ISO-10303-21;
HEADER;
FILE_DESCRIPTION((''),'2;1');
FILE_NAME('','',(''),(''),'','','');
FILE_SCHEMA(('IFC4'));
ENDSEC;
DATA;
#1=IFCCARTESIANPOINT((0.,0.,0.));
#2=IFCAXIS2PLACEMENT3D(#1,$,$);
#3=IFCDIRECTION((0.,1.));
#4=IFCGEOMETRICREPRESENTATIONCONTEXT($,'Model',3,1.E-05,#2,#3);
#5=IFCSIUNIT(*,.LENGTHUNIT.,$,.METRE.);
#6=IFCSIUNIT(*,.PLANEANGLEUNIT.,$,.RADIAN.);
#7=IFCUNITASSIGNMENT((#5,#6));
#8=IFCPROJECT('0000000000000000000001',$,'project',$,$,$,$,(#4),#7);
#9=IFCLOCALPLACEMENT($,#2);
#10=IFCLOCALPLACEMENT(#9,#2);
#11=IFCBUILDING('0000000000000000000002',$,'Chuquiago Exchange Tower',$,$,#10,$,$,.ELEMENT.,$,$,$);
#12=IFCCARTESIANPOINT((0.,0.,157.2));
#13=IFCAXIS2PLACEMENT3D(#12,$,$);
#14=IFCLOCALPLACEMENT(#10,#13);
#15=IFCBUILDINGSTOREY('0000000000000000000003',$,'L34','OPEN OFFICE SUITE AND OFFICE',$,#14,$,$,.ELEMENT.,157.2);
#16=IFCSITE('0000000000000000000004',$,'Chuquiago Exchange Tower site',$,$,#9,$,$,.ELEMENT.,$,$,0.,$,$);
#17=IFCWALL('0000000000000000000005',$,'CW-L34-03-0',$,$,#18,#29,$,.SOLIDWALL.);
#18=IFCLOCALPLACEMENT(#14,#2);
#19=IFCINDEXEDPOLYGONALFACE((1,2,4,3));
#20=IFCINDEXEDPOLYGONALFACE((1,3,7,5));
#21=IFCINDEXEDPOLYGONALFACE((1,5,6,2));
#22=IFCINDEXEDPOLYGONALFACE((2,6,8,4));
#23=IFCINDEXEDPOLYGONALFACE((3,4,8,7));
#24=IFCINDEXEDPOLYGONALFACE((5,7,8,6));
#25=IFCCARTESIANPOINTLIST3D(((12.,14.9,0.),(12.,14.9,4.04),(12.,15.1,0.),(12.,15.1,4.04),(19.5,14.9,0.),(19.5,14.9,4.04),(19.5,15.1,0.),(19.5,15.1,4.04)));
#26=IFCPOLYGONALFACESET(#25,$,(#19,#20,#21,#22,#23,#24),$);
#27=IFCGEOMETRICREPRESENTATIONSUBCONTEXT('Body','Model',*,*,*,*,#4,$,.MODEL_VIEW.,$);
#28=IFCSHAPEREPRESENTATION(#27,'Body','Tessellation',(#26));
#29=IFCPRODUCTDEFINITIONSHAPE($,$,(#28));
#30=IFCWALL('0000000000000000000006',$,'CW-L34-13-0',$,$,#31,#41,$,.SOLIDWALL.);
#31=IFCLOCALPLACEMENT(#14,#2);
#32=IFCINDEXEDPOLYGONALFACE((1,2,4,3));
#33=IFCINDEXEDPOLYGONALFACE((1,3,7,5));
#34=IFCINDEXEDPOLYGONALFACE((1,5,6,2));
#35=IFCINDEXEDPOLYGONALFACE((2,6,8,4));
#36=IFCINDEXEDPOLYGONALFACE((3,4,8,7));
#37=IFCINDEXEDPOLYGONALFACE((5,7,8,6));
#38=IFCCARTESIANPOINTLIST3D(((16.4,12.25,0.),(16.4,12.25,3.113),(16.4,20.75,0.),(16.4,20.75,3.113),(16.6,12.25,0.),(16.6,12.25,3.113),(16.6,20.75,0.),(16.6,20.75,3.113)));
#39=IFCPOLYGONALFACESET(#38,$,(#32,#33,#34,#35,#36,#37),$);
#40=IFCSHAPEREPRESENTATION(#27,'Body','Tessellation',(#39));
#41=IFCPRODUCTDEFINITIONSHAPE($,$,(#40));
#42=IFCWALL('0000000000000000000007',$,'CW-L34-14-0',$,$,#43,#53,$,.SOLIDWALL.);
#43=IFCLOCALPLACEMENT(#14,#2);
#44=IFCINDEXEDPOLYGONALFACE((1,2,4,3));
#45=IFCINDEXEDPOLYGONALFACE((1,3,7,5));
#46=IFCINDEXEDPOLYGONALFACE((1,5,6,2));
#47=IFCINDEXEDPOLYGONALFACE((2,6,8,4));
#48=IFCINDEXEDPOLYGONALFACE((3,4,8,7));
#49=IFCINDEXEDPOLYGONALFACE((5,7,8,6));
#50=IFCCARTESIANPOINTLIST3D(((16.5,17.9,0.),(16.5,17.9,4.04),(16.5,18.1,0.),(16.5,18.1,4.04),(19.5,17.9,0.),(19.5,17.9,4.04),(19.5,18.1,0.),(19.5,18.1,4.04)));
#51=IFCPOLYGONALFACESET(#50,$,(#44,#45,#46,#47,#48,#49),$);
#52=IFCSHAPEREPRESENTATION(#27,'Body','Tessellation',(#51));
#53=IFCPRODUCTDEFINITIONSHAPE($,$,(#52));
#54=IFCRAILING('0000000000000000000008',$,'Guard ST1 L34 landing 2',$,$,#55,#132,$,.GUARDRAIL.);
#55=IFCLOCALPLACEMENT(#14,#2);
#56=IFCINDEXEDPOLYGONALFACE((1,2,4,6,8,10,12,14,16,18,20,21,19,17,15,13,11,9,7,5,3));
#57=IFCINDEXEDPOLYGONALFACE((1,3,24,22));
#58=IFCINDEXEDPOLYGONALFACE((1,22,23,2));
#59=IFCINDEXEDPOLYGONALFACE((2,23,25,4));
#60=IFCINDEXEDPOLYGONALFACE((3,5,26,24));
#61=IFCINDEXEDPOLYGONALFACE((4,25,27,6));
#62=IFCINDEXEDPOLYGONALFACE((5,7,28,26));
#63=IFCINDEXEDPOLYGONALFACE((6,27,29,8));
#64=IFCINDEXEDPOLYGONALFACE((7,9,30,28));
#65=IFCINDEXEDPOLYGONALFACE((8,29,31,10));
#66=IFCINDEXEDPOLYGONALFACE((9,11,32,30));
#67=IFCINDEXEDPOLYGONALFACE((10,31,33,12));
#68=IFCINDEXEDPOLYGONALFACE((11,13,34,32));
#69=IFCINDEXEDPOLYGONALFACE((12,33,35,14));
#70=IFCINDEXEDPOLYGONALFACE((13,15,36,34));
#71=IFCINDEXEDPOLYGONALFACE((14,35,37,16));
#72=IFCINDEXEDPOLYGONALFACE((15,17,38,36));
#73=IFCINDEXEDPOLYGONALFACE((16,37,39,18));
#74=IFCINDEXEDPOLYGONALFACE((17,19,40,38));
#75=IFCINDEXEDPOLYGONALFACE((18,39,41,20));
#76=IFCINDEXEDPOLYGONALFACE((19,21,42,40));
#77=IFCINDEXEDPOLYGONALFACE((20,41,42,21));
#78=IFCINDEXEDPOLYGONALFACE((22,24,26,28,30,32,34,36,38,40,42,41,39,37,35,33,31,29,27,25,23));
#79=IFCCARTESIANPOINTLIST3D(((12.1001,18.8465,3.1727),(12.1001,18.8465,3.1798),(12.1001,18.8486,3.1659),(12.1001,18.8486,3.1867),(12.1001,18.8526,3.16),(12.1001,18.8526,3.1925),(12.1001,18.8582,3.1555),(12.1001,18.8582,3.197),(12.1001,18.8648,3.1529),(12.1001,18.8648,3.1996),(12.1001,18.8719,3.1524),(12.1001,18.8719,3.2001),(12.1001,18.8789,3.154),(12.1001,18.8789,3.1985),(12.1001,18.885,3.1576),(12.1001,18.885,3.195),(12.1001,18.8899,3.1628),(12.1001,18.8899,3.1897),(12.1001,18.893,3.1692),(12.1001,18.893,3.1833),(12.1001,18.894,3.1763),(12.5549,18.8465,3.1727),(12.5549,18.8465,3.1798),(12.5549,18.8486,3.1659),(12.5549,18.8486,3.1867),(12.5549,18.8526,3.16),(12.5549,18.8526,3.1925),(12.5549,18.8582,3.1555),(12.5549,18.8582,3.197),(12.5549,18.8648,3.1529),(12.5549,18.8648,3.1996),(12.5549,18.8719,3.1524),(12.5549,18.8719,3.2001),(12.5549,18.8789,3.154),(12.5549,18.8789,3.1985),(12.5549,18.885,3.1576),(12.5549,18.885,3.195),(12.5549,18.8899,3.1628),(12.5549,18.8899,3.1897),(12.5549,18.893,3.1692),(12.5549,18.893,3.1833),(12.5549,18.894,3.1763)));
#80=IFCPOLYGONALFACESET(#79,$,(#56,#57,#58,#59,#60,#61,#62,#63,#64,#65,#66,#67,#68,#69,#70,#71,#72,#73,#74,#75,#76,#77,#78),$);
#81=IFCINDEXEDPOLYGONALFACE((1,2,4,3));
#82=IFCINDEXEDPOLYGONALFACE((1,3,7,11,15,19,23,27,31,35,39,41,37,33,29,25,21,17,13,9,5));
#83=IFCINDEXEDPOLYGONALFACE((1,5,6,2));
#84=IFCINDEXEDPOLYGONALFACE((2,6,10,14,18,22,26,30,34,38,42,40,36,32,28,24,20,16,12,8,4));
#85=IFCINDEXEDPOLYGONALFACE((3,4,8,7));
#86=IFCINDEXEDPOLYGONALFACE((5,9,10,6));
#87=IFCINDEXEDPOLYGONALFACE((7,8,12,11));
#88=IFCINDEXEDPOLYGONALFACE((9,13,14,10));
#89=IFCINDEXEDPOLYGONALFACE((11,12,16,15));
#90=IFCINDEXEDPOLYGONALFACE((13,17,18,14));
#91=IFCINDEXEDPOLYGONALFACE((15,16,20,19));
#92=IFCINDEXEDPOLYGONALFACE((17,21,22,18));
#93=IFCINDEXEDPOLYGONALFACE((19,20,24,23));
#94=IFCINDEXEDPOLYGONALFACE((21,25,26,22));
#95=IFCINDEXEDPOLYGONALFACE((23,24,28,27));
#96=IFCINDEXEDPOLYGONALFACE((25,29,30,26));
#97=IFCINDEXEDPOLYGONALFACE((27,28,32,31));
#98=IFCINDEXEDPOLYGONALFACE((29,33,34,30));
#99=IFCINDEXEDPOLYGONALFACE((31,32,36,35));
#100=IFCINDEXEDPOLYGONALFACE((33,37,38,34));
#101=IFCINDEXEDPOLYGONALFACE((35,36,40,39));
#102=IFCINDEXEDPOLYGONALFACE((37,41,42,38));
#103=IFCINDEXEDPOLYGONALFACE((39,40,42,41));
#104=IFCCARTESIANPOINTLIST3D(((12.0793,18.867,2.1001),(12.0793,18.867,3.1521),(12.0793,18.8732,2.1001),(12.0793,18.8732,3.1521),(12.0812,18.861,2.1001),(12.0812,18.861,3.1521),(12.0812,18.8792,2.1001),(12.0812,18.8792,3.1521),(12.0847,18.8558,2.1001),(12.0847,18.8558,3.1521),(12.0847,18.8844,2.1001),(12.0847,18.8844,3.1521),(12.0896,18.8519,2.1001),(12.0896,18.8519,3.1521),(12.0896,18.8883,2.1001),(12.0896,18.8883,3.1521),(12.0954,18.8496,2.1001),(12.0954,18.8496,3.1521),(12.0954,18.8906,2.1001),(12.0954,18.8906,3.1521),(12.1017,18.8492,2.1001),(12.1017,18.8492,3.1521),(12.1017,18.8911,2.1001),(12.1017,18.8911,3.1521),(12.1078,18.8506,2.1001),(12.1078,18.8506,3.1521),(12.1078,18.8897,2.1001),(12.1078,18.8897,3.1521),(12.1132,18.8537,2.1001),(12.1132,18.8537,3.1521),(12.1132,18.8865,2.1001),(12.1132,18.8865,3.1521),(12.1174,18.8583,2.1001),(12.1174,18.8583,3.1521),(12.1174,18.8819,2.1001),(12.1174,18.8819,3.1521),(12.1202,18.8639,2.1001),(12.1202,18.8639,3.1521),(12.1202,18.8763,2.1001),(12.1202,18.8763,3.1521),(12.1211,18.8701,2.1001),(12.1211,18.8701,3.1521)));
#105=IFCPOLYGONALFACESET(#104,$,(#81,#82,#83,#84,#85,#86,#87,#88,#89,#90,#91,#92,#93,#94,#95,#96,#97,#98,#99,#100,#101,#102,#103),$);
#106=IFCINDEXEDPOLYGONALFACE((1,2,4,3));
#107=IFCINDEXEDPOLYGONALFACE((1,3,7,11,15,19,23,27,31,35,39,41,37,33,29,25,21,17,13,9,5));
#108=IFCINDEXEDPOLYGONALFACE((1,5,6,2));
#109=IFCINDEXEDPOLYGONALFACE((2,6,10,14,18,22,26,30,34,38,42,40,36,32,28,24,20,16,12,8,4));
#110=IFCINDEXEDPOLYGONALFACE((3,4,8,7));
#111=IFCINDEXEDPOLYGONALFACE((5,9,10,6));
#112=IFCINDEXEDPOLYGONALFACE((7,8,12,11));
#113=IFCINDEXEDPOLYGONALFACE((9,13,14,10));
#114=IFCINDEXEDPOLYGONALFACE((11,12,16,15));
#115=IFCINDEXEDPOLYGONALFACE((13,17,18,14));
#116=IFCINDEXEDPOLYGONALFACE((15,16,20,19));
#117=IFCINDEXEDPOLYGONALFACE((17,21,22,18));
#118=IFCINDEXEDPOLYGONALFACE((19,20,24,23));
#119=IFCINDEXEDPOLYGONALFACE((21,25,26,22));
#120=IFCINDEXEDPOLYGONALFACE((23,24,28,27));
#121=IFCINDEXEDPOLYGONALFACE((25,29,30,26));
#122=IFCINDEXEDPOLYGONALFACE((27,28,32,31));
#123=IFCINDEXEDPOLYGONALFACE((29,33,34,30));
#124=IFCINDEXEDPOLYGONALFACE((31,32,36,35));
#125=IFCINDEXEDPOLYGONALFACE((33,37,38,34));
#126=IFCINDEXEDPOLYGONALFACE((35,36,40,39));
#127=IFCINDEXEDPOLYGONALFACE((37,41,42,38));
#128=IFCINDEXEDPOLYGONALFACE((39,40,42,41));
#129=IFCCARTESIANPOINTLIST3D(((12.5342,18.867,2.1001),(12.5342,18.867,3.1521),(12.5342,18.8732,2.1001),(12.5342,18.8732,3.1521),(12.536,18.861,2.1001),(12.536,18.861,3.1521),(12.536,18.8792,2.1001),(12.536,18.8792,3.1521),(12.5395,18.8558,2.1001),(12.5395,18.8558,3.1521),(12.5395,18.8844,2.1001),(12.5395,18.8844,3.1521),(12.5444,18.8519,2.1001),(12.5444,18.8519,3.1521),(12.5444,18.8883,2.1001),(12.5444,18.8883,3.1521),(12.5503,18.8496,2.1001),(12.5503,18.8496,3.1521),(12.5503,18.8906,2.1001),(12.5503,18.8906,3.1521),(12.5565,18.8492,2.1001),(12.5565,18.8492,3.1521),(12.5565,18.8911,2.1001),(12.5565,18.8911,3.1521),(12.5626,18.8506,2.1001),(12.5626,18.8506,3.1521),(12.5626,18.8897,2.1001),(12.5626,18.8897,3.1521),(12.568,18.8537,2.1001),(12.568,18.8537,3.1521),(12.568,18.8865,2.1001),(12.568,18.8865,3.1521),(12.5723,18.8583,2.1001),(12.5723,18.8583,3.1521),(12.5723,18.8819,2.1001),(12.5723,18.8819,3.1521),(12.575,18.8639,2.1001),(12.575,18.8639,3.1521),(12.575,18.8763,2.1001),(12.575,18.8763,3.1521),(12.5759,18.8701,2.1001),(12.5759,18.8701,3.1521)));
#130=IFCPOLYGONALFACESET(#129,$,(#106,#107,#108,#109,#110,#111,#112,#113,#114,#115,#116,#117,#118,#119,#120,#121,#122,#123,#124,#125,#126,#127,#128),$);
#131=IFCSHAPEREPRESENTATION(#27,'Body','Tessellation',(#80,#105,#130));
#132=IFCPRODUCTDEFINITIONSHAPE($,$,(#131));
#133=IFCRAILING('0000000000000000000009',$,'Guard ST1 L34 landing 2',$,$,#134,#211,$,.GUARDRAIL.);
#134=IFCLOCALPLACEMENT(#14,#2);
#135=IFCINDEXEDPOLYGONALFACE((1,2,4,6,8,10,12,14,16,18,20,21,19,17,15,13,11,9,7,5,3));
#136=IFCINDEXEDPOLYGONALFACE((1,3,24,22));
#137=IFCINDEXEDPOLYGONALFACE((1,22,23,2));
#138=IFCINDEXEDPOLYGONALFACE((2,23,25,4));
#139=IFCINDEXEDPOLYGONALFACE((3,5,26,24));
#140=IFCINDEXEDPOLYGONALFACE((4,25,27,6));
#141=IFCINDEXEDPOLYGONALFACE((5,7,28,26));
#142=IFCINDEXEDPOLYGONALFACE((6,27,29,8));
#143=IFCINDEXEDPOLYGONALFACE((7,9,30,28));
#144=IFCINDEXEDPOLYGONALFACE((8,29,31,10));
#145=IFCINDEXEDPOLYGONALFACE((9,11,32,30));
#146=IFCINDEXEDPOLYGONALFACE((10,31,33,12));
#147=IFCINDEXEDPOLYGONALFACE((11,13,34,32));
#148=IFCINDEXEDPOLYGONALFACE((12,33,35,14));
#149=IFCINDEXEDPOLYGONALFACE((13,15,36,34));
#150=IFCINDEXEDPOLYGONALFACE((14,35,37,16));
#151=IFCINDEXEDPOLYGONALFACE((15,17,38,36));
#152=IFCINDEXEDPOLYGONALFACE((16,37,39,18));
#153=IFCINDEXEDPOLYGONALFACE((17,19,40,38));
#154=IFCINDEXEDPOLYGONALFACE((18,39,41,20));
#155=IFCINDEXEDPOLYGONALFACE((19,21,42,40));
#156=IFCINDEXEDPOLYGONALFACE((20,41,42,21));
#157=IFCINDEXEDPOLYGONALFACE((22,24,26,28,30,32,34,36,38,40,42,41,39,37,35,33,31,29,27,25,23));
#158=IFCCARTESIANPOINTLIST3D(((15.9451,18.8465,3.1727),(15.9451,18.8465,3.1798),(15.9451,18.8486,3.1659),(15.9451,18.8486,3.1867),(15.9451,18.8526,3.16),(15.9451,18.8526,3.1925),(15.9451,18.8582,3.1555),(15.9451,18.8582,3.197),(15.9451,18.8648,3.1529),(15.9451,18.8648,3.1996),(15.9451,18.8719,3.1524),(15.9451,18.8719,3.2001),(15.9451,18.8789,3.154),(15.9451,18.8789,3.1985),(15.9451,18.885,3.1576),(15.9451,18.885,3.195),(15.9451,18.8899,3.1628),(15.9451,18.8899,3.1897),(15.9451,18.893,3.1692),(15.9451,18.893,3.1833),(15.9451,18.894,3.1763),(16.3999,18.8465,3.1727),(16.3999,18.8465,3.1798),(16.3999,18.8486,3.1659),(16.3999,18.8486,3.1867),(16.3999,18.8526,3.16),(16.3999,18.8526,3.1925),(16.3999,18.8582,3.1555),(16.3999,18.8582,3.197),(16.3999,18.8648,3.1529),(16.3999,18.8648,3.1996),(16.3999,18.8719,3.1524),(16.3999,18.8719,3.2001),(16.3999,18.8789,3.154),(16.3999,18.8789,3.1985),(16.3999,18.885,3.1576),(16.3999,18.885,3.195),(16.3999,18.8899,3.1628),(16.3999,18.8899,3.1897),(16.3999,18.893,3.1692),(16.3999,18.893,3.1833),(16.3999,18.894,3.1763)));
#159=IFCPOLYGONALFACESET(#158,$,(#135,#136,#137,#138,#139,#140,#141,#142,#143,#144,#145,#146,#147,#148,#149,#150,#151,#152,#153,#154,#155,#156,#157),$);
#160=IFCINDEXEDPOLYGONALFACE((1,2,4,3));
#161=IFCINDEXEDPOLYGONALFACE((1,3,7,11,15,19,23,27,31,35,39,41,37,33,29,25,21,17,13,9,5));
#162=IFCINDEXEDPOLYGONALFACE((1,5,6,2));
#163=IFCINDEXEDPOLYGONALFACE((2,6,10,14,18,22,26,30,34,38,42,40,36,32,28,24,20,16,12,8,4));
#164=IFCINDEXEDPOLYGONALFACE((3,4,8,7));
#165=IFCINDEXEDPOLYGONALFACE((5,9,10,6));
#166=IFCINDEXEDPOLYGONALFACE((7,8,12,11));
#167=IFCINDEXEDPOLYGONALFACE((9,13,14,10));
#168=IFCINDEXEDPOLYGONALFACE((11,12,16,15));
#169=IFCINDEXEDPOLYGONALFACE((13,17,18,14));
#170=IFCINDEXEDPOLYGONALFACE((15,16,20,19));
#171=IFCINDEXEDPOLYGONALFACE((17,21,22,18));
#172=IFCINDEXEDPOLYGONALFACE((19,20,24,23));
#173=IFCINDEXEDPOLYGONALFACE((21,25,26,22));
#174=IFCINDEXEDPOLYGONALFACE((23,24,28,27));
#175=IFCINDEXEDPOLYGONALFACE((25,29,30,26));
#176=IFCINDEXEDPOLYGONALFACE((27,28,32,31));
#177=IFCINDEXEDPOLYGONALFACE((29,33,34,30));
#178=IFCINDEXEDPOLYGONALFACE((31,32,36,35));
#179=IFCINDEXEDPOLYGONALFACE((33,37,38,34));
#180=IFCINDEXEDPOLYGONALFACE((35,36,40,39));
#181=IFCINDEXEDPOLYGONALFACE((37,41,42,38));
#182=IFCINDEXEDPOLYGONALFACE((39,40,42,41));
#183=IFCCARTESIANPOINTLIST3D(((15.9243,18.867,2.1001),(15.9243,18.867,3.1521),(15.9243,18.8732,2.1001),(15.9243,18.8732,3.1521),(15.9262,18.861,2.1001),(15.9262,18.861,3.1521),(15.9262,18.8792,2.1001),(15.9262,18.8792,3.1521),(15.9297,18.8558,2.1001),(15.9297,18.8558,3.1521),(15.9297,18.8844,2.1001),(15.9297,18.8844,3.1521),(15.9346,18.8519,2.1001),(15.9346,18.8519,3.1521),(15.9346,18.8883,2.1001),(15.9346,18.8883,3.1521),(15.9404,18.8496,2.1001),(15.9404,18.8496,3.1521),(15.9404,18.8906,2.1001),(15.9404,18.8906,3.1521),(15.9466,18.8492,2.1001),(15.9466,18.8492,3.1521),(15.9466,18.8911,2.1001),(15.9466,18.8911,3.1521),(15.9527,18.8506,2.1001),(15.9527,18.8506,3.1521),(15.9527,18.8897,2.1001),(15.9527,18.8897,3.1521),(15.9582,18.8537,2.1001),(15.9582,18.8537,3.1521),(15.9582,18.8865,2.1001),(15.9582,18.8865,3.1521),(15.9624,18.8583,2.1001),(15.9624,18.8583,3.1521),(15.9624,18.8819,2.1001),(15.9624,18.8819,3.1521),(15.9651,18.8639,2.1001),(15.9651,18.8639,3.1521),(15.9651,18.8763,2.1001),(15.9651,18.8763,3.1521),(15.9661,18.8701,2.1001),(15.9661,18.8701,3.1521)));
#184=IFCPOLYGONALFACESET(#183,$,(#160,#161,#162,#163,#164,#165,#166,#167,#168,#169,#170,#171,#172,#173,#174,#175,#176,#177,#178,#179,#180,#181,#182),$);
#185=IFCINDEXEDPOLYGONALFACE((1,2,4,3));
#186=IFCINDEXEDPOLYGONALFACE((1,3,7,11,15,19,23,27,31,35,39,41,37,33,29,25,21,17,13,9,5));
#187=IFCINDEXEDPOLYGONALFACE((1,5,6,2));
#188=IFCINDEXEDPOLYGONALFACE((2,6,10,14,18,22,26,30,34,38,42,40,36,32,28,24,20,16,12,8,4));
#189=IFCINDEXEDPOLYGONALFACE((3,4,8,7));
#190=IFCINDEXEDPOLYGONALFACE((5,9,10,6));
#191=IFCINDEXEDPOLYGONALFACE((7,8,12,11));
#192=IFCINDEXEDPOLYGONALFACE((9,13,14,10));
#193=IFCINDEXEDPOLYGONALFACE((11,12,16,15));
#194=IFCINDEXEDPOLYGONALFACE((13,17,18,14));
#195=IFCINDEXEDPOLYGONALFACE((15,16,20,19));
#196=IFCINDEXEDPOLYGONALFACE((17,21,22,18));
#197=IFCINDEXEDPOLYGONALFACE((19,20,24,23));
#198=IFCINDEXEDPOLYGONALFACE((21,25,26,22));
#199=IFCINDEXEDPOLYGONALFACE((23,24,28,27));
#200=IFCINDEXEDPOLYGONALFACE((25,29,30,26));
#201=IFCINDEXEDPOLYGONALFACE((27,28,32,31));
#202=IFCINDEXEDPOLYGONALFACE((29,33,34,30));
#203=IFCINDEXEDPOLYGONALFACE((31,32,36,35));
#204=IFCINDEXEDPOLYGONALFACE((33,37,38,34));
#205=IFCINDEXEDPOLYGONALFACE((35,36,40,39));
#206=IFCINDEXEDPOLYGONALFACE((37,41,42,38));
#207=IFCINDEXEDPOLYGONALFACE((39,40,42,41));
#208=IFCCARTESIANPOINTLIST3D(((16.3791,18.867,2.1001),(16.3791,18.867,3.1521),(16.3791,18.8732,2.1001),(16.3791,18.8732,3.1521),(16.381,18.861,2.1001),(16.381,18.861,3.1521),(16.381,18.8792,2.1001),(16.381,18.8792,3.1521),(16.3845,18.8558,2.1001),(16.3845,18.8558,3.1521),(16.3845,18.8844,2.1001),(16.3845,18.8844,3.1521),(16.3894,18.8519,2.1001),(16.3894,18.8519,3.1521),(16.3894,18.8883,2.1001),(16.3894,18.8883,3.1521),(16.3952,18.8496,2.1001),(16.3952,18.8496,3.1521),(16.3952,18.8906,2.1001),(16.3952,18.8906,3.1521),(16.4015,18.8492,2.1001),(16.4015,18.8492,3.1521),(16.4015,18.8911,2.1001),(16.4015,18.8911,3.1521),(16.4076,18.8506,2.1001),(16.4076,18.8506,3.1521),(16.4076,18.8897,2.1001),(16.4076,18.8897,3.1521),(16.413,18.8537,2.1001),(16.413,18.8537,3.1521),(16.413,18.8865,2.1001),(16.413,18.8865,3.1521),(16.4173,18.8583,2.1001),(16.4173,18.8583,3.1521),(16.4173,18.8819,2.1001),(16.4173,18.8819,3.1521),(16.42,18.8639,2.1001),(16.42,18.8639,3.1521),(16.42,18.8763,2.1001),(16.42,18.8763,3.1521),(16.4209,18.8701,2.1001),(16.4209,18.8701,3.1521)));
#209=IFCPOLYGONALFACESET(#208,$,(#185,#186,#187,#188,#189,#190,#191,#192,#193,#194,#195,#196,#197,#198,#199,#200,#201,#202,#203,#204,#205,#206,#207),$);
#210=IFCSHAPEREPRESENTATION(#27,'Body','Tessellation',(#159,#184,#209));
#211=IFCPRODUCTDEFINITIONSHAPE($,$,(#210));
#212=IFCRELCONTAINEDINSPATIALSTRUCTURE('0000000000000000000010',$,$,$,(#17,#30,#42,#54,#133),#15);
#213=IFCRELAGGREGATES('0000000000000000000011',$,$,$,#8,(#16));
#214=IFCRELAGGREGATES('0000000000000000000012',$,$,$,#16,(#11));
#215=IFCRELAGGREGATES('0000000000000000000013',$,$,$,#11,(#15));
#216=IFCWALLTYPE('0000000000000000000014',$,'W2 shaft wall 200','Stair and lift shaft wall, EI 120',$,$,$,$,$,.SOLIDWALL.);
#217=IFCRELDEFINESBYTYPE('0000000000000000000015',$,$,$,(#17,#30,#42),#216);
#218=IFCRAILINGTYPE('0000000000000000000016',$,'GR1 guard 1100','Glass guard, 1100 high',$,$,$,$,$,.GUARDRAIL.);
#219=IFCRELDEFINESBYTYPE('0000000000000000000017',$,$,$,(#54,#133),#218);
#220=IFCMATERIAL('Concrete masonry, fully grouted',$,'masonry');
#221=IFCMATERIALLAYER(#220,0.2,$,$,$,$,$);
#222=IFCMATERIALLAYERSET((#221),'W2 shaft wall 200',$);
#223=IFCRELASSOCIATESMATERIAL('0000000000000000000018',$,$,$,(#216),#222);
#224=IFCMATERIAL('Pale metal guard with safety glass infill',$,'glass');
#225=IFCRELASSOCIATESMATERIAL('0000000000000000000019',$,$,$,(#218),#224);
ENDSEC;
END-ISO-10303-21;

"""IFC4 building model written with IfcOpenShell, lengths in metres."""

from ifc_helpers import new_model, si_unit, direction, frame, frame_2d, origin, origin_2d, place, context, subcontext, project, spatial, rectangle, circle, extrude, material, layer, layer_set, type_object, element, save


model = new_model("IFC4")

# Units and contexts
model_context = context("Model", 3, precision=1e-05, world=origin(), true_north=direction((0.0, 1.0)))
body_context = subcontext(model_context, "Body", "Model", "MODEL_VIEW")
ifc_project = project(units=[si_unit("LENGTHUNIT", "METRE"), si_unit("PLANEANGLEUNIT", "RADIAN")], contexts=[model_context])

# Site, building, storey
site_placement = place(None, origin())
site = spatial("IfcSite", under=ifc_project, at=site_placement, Name="Chuquiago Exchange Tower site", CompositionType="ELEMENT", RefElevation=0.0)
building_placement = place(site_placement, origin())
building = spatial("IfcBuilding", under=site, at=building_placement, Name="Chuquiago Exchange Tower", CompositionType="ELEMENT")
storey_placement = place(building_placement, frame((0.0, 0.0, 157.2)))
storey = spatial("IfcBuildingStorey", under=building, at=storey_placement, Name="L34", Description="OPEN OFFICE SUITE AND OFFICE", CompositionType="ELEMENT", Elevation=157.2)

# Walls
ifc_material_1 = material(Name="Concrete masonry, fully grouted", Category="masonry")
ifc_layer_1 = layer(ifc_material_1, 0.2)
ifc_layer_set_1 = layer_set([ifc_layer_1], Name="W2 shaft wall 200")
wall_type_1 = type_object("IfcWallType", Name="W2 shaft wall 200", Description="Stair and lift shaft wall, EI 120", PredefinedType="SOLIDWALL", material=ifc_layer_set_1)
wall_1_placement = place(storey_placement, frame((12.0, 15.0, 0.0), z_axis=(0.0, 0.0, 1.0), x_axis=(1.0, 0.0, 0.0)))
element("IfcWall", 1, at=wall_1_placement, inside=storey, type_object=wall_type_1, Name="CW-L34-03-0", PredefinedType="SOLIDWALL", context=body_context, shape_type="SweptSolid", body=[
    extrude(rectangle(XDim=7.5, YDim=0.2, at=frame_2d((3.75, 0.0))), origin(), (0.0, 0.0, 1.0), 4.04),
])
wall_2_placement = place(storey_placement, frame((16.5, 12.25, 0.0), z_axis=(0.0, 0.0, 1.0), x_axis=(0.0, 1.0, 0.0)))
element("IfcWall", 2, at=wall_2_placement, inside=storey, type_object=wall_type_1, Name="CW-L34-13-0", PredefinedType="SOLIDWALL", context=body_context, shape_type="SweptSolid", body=[
    extrude(rectangle(XDim=8.5, YDim=0.2, at=frame_2d((4.25, 0.0))), origin(), (0.0, 0.0, 1.0), 3.113),
])
wall_3_placement = place(storey_placement, frame((16.5, 18.0, 0.0), z_axis=(0.0, 0.0, 1.0), x_axis=(1.0, 0.0, 0.0)))
element("IfcWall", 3, at=wall_3_placement, inside=storey, type_object=wall_type_1, Name="CW-L34-14-0", PredefinedType="SOLIDWALL", context=body_context, shape_type="SweptSolid", body=[
    extrude(rectangle(XDim=3.0, YDim=0.2, at=frame_2d((1.5, 0.0))), origin(), (0.0, 0.0, 1.0), 4.04),
])

# Railings
ifc_material_2 = material(Name="Pale metal guard with safety glass infill", Category="glass")
railing_type_1 = type_object("IfcRailingType", Name="GR1 guard 1100", Description="Glass guard, 1100 high", PredefinedType="GUARDRAIL", material=ifc_material_2)
for number, where, name in (
    (4, (12.1001, 18.8701, 2.1001), "Guard ST1 L34 landing 2"),
    (5, (15.9451, 18.8701, 2.1001), "Guard ST1 L34 landing 2"),
):
    element("IfcRailing", number, at=place(storey_placement, frame(where)), inside=storey, type_object=railing_type_1, Name=name, PredefinedType="GUARDRAIL", context=body_context, shape_type="SweptSolid", body=[
        extrude(circle(Radius=0.0239, at=origin_2d()), frame((0.0, 0.0, 1.0762), z_axis=(1.0, 0.0, 0.0), x_axis=(0.0, 1.0, 0.0)), (0.0, 0.0, 1.0), 0.4548),
        extrude(circle(Radius=0.021, at=origin_2d()), origin(), (0.0, 0.0, 1.0), 1.052),
        extrude(circle(Radius=0.021, at=origin_2d()), frame((0.4548, 0.0, 0.0)), (0.0, 0.0, 1.0), 1.052),
    ])

save(model, "model.ifc")
